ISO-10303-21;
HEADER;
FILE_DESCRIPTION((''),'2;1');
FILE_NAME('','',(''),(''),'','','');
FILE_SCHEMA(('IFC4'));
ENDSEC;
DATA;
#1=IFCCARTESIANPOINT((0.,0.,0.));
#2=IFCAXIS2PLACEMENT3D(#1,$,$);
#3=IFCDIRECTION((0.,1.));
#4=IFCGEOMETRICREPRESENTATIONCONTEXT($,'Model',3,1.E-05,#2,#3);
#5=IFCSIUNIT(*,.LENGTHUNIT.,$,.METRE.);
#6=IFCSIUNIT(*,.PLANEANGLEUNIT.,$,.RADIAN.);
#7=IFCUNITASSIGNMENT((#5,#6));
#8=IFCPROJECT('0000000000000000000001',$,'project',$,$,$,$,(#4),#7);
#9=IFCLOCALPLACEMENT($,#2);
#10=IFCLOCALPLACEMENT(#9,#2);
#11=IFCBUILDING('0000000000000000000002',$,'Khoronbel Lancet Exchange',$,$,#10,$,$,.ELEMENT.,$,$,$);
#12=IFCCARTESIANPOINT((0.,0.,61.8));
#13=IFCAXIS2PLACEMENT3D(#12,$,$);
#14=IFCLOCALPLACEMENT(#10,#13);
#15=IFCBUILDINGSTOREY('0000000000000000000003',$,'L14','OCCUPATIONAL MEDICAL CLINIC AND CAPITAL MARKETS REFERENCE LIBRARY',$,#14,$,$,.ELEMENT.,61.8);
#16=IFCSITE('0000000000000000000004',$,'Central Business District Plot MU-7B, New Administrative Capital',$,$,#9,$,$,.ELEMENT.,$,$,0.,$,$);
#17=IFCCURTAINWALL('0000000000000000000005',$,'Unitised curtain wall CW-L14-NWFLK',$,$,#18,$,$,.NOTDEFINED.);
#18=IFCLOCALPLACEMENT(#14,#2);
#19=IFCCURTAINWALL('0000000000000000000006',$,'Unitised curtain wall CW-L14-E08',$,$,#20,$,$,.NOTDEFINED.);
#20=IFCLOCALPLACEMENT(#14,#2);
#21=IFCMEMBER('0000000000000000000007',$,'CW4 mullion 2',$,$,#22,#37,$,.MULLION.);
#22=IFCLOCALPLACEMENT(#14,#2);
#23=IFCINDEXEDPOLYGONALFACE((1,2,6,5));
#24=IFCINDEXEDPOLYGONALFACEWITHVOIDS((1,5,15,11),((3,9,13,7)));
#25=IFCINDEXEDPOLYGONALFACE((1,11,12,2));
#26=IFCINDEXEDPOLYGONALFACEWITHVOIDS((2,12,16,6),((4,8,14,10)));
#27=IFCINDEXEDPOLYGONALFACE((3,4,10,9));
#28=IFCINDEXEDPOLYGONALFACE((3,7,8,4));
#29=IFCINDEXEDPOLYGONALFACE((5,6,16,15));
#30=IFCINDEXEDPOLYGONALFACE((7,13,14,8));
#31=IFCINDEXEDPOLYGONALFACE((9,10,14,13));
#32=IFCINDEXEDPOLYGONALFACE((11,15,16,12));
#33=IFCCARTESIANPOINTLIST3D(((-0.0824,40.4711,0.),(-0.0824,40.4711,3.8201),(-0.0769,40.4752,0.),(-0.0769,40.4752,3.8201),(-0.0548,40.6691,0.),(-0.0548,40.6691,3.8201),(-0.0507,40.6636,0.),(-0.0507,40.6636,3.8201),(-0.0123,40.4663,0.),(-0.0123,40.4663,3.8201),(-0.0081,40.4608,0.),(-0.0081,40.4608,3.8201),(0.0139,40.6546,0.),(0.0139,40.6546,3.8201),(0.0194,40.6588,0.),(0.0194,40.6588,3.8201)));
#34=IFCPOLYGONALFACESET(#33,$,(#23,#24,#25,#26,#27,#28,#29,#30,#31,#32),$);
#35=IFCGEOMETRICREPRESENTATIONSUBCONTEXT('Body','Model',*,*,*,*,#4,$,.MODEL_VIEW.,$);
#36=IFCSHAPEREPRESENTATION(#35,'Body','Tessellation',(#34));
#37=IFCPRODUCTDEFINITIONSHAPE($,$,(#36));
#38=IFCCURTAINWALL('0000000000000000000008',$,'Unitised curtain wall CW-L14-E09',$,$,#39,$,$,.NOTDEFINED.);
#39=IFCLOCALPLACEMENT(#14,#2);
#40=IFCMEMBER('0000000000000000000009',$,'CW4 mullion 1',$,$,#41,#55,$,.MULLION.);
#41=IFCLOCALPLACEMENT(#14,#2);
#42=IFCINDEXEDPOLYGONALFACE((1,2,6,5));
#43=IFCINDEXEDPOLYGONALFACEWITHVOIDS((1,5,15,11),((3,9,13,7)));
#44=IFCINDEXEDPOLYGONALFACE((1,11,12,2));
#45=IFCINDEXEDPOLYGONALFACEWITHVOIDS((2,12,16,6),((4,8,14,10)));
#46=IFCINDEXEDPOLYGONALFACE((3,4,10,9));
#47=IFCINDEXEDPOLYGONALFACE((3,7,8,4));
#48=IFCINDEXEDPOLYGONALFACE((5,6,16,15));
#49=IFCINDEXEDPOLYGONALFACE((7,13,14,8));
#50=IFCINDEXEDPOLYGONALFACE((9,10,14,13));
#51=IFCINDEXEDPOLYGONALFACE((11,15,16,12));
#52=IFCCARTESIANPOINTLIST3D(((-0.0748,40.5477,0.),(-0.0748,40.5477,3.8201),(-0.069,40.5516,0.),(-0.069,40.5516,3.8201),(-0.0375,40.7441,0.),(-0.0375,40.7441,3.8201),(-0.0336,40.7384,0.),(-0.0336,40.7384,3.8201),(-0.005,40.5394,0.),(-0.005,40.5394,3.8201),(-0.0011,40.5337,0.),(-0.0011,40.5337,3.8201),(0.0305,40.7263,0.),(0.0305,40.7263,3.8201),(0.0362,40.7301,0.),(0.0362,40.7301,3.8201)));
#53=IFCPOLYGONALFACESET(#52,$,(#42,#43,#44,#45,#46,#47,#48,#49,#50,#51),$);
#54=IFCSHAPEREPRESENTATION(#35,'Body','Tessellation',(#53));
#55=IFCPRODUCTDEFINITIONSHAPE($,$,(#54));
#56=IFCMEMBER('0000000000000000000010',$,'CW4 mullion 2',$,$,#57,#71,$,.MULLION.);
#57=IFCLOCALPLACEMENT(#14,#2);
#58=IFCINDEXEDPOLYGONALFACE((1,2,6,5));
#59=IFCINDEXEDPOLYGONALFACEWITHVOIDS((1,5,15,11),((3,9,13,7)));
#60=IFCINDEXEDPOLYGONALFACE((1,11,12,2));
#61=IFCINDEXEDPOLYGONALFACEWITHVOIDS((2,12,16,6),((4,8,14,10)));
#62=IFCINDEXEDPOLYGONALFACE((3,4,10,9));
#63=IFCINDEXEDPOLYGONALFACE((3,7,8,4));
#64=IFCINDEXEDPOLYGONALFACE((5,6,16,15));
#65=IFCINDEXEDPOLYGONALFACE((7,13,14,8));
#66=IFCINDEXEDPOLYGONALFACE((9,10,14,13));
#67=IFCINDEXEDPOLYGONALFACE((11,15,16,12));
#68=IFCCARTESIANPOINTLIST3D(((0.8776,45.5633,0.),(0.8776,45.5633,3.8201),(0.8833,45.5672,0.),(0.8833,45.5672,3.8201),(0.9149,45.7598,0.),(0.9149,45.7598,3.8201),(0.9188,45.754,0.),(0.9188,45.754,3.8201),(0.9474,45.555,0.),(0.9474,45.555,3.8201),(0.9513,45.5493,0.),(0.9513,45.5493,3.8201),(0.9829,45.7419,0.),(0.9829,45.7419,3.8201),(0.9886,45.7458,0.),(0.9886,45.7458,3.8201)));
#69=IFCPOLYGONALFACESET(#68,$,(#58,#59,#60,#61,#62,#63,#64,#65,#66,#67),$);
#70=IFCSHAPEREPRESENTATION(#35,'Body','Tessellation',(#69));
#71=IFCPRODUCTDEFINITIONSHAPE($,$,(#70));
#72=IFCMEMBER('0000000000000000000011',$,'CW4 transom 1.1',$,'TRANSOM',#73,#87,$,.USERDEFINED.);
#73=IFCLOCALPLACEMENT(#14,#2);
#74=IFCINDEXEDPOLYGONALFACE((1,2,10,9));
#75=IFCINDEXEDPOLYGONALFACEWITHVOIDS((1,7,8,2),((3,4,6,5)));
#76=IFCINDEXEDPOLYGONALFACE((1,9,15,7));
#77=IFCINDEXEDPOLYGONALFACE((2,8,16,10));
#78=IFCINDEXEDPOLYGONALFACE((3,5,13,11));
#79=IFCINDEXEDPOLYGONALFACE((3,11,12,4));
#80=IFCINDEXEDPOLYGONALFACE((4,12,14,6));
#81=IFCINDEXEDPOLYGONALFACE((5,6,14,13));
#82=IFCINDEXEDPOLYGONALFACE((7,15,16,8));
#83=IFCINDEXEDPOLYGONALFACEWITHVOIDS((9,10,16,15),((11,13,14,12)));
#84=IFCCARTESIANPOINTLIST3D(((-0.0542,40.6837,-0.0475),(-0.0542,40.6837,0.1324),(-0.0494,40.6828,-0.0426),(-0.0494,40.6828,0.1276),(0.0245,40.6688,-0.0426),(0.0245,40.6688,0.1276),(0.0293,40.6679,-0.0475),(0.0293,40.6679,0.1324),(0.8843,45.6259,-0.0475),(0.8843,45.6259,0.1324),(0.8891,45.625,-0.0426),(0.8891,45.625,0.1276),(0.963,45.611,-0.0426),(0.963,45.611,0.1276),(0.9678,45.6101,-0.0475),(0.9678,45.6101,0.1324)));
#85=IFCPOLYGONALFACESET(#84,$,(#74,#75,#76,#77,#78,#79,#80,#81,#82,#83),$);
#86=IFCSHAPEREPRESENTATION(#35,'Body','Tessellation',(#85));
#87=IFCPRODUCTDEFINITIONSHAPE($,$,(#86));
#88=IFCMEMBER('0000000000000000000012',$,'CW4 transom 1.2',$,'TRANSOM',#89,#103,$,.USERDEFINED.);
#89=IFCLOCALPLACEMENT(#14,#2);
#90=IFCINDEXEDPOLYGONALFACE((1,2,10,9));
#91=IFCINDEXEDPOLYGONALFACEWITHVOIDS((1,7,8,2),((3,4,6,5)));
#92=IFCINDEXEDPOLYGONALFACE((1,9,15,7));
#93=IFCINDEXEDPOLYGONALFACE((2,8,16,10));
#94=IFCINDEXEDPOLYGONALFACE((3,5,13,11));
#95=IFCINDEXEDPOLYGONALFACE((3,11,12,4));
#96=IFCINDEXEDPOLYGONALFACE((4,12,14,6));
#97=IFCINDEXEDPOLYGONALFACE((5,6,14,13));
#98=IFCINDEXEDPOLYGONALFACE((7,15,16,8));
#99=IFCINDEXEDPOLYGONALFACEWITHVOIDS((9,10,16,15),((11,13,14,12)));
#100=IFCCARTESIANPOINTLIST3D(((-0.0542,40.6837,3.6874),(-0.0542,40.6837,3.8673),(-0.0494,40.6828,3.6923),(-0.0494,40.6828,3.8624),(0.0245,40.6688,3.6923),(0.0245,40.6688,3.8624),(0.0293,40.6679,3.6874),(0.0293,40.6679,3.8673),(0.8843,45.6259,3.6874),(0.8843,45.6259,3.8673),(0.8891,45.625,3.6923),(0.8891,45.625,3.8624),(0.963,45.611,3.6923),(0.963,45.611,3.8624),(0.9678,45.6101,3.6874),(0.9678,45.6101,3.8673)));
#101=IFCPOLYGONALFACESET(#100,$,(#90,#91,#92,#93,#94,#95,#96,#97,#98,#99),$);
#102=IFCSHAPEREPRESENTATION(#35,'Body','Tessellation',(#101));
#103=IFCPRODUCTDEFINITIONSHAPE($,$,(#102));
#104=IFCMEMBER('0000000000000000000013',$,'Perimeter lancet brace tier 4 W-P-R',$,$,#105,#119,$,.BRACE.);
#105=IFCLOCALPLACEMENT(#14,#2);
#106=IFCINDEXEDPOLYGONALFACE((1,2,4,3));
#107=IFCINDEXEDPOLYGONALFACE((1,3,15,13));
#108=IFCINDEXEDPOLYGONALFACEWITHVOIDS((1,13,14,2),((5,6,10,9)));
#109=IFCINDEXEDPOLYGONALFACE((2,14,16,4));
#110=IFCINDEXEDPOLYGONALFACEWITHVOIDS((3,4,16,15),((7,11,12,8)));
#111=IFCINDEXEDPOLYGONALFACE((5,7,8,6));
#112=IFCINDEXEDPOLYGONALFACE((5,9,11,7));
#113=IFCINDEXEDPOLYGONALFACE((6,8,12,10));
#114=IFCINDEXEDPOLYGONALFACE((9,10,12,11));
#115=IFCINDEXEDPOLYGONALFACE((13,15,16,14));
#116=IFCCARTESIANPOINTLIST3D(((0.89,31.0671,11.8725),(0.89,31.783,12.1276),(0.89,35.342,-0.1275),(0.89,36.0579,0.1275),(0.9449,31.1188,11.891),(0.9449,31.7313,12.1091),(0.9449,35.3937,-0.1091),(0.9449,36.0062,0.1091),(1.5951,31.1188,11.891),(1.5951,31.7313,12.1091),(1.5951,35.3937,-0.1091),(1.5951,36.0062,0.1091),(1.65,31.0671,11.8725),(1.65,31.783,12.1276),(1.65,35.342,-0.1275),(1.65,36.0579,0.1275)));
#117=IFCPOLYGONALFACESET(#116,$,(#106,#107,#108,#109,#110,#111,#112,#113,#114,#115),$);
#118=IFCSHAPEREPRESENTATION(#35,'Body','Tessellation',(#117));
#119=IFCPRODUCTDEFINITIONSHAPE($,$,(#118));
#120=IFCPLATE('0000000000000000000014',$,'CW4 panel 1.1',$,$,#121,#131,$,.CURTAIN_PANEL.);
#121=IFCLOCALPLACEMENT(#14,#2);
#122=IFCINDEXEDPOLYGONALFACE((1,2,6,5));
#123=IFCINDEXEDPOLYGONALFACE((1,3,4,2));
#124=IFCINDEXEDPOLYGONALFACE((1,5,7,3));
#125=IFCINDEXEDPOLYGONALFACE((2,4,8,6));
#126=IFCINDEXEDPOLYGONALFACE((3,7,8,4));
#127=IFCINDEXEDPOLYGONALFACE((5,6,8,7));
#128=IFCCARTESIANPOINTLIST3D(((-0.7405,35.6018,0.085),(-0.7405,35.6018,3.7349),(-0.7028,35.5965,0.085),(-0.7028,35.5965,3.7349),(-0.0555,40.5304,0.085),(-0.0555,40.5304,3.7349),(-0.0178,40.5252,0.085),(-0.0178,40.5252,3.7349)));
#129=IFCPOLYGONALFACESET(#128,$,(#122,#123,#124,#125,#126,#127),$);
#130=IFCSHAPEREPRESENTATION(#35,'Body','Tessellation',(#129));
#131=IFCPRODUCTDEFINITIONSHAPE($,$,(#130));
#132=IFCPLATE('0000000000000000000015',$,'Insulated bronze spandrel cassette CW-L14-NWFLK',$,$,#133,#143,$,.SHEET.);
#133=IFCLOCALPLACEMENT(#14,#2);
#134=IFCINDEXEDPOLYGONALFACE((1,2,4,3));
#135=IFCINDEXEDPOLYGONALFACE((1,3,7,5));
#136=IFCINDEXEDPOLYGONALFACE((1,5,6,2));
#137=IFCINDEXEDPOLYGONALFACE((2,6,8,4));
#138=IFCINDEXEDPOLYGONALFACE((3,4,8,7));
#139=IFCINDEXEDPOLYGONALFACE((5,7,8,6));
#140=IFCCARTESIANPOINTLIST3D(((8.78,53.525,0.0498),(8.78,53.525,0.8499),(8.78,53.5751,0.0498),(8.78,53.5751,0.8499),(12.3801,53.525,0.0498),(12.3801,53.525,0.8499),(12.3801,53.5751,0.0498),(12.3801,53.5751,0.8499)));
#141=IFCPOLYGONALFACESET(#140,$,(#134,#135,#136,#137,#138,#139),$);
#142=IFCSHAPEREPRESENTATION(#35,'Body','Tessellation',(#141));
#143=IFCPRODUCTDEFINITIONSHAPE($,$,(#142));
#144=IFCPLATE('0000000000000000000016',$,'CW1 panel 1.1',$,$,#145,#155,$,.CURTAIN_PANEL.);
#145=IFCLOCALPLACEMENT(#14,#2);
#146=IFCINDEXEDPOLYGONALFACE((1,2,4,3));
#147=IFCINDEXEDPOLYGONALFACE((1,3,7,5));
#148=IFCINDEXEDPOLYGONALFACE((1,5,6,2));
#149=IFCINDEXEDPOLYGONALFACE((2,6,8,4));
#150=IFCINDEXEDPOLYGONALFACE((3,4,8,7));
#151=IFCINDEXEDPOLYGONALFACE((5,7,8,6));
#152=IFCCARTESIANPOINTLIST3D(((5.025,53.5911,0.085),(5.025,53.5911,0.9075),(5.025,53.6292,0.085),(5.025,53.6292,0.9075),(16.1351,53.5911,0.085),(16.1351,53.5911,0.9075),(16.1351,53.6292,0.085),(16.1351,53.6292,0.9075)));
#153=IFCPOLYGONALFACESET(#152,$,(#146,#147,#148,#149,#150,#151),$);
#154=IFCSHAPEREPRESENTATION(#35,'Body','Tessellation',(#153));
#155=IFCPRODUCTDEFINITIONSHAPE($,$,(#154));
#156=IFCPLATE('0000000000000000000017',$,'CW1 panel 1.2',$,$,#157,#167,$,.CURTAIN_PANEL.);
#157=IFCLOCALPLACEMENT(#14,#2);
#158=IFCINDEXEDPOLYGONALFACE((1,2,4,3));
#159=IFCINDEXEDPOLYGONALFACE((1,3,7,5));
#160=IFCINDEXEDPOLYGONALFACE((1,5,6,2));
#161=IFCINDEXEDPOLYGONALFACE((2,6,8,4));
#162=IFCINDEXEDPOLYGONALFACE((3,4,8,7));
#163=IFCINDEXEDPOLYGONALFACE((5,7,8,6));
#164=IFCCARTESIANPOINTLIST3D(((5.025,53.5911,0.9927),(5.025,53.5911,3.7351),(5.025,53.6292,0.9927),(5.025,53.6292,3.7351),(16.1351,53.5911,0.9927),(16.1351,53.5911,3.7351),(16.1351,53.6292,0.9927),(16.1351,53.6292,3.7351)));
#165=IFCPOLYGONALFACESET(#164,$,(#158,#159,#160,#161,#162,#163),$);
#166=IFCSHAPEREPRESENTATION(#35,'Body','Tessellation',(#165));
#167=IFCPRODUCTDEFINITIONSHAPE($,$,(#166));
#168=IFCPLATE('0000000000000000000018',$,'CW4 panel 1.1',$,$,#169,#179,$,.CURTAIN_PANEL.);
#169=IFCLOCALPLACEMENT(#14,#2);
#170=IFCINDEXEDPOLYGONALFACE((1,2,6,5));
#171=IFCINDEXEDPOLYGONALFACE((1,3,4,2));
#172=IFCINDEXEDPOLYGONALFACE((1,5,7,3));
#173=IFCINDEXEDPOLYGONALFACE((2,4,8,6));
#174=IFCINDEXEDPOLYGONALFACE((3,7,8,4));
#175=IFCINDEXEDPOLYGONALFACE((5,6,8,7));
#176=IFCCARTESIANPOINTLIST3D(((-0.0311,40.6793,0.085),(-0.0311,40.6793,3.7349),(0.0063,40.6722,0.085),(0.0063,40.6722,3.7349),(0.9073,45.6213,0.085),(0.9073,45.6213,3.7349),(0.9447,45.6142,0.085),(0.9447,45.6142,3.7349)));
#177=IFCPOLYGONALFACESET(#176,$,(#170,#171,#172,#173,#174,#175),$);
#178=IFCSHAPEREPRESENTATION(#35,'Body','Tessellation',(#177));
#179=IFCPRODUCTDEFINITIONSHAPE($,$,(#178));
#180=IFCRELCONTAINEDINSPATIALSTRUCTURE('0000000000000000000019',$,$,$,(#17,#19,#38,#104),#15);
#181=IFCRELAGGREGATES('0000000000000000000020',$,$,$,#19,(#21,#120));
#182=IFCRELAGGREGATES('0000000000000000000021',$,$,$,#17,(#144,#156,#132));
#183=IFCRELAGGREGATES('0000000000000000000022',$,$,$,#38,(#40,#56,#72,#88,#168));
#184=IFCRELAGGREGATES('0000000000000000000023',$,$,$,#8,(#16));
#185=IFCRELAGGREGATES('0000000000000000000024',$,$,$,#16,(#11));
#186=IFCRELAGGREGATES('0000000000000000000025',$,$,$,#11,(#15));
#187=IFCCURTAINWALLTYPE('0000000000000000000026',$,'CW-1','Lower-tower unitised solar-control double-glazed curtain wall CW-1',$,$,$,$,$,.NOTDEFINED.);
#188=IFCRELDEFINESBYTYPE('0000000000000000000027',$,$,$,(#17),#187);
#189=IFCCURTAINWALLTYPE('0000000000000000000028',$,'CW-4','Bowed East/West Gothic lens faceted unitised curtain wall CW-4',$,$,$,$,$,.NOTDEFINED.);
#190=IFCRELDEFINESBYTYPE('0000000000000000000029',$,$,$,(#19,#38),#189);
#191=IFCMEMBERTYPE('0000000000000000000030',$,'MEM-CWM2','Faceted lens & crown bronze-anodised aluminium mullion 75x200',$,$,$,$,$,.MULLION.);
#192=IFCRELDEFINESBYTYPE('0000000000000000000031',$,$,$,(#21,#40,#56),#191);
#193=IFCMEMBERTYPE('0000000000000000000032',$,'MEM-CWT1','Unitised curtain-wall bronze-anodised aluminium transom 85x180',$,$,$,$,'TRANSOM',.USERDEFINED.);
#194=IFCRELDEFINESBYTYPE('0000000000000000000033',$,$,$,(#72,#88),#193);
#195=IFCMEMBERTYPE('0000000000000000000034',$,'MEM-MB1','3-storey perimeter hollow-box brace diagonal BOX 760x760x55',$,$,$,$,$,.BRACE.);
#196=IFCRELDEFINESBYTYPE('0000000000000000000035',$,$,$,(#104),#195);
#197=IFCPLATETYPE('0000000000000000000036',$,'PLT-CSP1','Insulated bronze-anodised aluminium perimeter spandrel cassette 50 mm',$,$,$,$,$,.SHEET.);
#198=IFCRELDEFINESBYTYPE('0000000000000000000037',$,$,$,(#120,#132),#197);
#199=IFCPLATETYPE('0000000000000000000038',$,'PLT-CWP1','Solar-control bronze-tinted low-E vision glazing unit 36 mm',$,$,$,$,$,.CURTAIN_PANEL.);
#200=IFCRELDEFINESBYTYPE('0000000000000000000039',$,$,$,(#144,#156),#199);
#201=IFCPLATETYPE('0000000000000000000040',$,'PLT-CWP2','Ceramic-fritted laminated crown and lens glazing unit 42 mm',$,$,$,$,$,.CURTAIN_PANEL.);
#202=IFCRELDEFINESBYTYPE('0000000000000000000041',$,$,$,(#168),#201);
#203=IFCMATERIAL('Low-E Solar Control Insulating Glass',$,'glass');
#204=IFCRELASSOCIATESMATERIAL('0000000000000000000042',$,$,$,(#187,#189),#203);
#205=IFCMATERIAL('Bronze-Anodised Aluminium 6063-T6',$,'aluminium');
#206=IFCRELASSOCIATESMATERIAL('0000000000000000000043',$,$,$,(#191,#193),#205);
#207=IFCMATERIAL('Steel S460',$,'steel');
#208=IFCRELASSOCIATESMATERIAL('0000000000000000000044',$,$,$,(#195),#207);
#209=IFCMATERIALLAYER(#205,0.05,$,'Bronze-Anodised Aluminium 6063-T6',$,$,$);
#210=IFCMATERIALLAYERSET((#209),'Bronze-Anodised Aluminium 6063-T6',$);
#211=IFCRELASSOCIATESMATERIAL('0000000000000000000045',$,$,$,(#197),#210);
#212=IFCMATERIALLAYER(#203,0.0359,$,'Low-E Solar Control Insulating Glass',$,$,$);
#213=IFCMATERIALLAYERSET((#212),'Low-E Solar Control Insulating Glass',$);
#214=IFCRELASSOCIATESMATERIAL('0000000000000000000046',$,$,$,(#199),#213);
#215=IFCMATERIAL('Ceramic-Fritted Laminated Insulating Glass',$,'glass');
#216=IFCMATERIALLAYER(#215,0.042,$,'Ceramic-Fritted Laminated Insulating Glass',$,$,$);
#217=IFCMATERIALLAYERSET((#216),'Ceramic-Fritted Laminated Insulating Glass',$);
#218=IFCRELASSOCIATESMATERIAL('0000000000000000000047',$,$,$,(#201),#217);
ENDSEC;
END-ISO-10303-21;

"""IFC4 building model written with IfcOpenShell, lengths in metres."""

from ifc_helpers import new_model, si_unit, direction, frame, origin, origin_2d, place, context, subcontext, project, spatial, rectangle, hollow_rectangle, extrude, material, layer, layer_set, material_profile, profile_set, type_object, element, aggregate, save


model = new_model("IFC4")

# Units and contexts
model_context = context("Model", 3, precision=1e-05, world=origin(), true_north=direction((0.0, 1.0)))
body_context = subcontext(model_context, "Body", "Model", "MODEL_VIEW")
ifc_project = project(units=[si_unit("LENGTHUNIT", "METRE"), si_unit("PLANEANGLEUNIT", "RADIAN")], contexts=[model_context])

# Site, building, storey
site_placement = place(None, origin())
site = spatial("IfcSite", under=ifc_project, at=site_placement, Name="Central Business District Plot MU-7B, New Administrative Capital", CompositionType="ELEMENT", RefElevation=0.0)
building_placement = place(site_placement, origin())
building = spatial("IfcBuilding", under=site, at=building_placement, Name="Khoronbel Lancet Exchange", CompositionType="ELEMENT")
storey_placement = place(building_placement, frame((0.0, 0.0, 61.8)))
storey = spatial("IfcBuildingStorey", under=building, at=storey_placement, Name="L14", Description="OCCUPATIONAL MEDICAL CLINIC AND CAPITAL MARKETS REFERENCE LIBRARY", CompositionType="ELEMENT", Elevation=61.8)

# Shared definitions
ifc_material_1 = material(Name="Steel S460", Category="steel")

# Curtain walls, member
ifc_material_2 = material(Name="Low-E Solar Control Insulating Glass", Category="glass")
curtain_wall_type_1 = type_object("IfcCurtainWallType", Name="CW-1", Description="Lower-tower unitised solar-control double-glazed curtain wall CW-1", PredefinedType="NOTDEFINED", material=ifc_material_2)
curtain_wall_1_placement = place(storey_placement, origin())
curtain_wall_1 = element("IfcCurtainWall", 1, at=curtain_wall_1_placement, inside=storey, type_object=curtain_wall_type_1, Name="Unitised curtain wall CW-L14-NWFLK", PredefinedType="NOTDEFINED")
ifc_material_3 = material(Name="Bronze-Anodised Aluminium 6063-T6", Category="aluminium")
curtain_wall_type_2 = type_object("IfcCurtainWallType", Name="CW-4", Description="Bowed East/West Gothic lens faceted unitised curtain wall CW-4", PredefinedType="NOTDEFINED", material=ifc_material_2)
curtain_wall_2_placement = place(storey_placement, origin())
curtain_wall_2 = element("IfcCurtainWall", 2, at=curtain_wall_2_placement, inside=storey, type_object=curtain_wall_type_2, Name="Unitised curtain wall CW-L14-E08", PredefinedType="NOTDEFINED")
ifc_material_profile_1 = material_profile(ifc_material_3, hollow_rectangle(XDim=0.075, YDim=0.2, WallThickness=0.0049, at=origin_2d()), Name="ALU MULLION 75x200")
ifc_profile_set_1 = profile_set([ifc_material_profile_1], Name="Bronze-Anodised Aluminium 6063-T6")
member_type_1 = type_object("IfcMemberType", Name="MEM-CWM2", Description="Faceted lens & crown bronze-anodised aluminium mullion 75x200", PredefinedType="MULLION", material=ifc_profile_set_1)
member_1_placement = place(storey_placement, frame((-0.0315, 40.5649, 0.0), z_axis=(0.0, 0.0, 1.0), x_axis=(-0.990478, 0.137668, 0.0)))
member_1 = element("IfcMember", 3, at=member_1_placement, type_object=member_type_1, Name="CW4 mullion 2", PredefinedType="MULLION", context=body_context, shape_type="SweptSolid", body=[
    extrude(hollow_rectangle(XDim=0.075, YDim=0.2, WallThickness=0.0049, at=origin_2d()), origin(), (0.0, 0.0, 1.0), 3.8201),
])

# Curtain wall, members
curtain_wall_3_placement = place(storey_placement, origin())
curtain_wall_3 = element("IfcCurtainWall", 4, at=curtain_wall_3_placement, inside=storey, type_object=curtain_wall_type_2, Name="Unitised curtain wall CW-L14-E09", PredefinedType="NOTDEFINED")
member_2_placement = place(storey_placement, frame((-0.0193, 40.6389, 0.0), z_axis=(0.0, 0.0, 1.0), x_axis=(-0.982445, 0.186551, 0.0)))
member_2 = element("IfcMember", 5, at=member_2_placement, type_object=member_type_1, Name="CW4 mullion 1", PredefinedType="MULLION", context=body_context, shape_type="SweptSolid", body=[
    extrude(hollow_rectangle(XDim=0.075, YDim=0.2, WallThickness=0.0049, at=origin_2d()), origin(), (0.0, 0.0, 1.0), 3.8201),
])
member_3_placement = place(storey_placement, frame((0.9331, 45.6545, 0.0), z_axis=(0.0, 0.0, 1.0), x_axis=(-0.982445, 0.186551, 0.0)))
member_3 = element("IfcMember", 6, at=member_3_placement, type_object=member_type_1, Name="CW4 mullion 2", PredefinedType="MULLION", context=body_context, shape_type="SweptSolid", body=[
    extrude(hollow_rectangle(XDim=0.075, YDim=0.2, WallThickness=0.0049, at=origin_2d()), origin(), (0.0, 0.0, 1.0), 3.8201),
])
ifc_material_profile_2 = material_profile(ifc_material_3, hollow_rectangle(XDim=0.085, YDim=0.1799, WallThickness=0.0049, at=origin_2d()), Name="ALU TRANSOM 85x180")
ifc_profile_set_2 = profile_set([ifc_material_profile_2], Name="Bronze-Anodised Aluminium 6063-T6")
member_type_2 = type_object("IfcMemberType", Name="MEM-CWT1", Description="Unitised curtain-wall bronze-anodised aluminium transom 85x180", ElementType="TRANSOM", PredefinedType="USERDEFINED", material=ifc_profile_set_2)
member_4_placement = place(storey_placement, frame((-0.0125, 40.6758, 0.0425), z_axis=(0.186559, 0.982444, 0.0), x_axis=(-0.982444, 0.186559, 0.0)))
member_4 = element("IfcMember", 7, at=member_4_placement, type_object=member_type_2, Name="CW4 transom 1.1", ObjectType="TRANSOM", PredefinedType="USERDEFINED", context=body_context, shape_type="SweptSolid", body=[
    extrude(hollow_rectangle(XDim=0.085, YDim=0.1799, WallThickness=0.0049, at=origin_2d()), origin(), (0.0, 0.0, 1.0), 5.0305),
])
member_5_placement = place(storey_placement, frame((-0.0125, 40.6758, 3.7773), z_axis=(0.186559, 0.982444, 0.0), x_axis=(-0.982444, 0.186559, 0.0)))
member_5 = element("IfcMember", 8, at=member_5_placement, type_object=member_type_2, Name="CW4 transom 1.2", ObjectType="TRANSOM", PredefinedType="USERDEFINED", context=body_context, shape_type="SweptSolid", body=[
    extrude(hollow_rectangle(XDim=0.085, YDim=0.1799, WallThickness=0.0049, at=origin_2d()), origin(), (0.0, 0.0, 1.0), 5.0305),
])

# Member
ifc_material_profile_3 = material_profile(ifc_material_1, hollow_rectangle(XDim=0.76, YDim=0.76, WallThickness=0.0549, at=origin_2d()), Name="BOX 760x760x55")
ifc_profile_set_3 = profile_set([ifc_material_profile_3], Name="Steel S460")
member_type_3 = type_object("IfcMemberType", Name="MEM-MB1", Description="3-storey perimeter hollow-box brace diagonal BOX 760x760x55", PredefinedType="BRACE", material=ifc_profile_set_3)
member_6_placement = place(storey_placement, frame((1.27, 35.7, 0.0), z_axis=(0.0, -0.335584, 0.94201), x_axis=(1.0, 0.0, 0.0)))
element("IfcMember", 9, at=member_6_placement, inside=storey, type_object=member_type_3, Name="Perimeter lancet brace tier 4 W-P-R", PredefinedType="BRACE", context=body_context, shape_type="SweptSolid", body=[
    extrude(hollow_rectangle(XDim=0.76, YDim=0.76, WallThickness=0.0549, at=origin_2d()), origin(), (0.0, 0.0, 1.0), 12.7388),
])

# Plates
ifc_layer_1 = layer(ifc_material_3, 0.05, Name="Bronze-Anodised Aluminium 6063-T6")
ifc_layer_set_1 = layer_set([ifc_layer_1], Name="Bronze-Anodised Aluminium 6063-T6")
plate_type_1 = type_object("IfcPlateType", Name="PLT-CSP1", Description="Insulated bronze-anodised aluminium perimeter spandrel cassette 50 mm", PredefinedType="SHEET", material=ifc_layer_set_1)
plate_1_placement = place(storey_placement, frame((-0.3792, 38.0635, 0.085), z_axis=(0.0, 0.0, 1.0), x_axis=(0.137668, 0.990478, 0.0)))
plate_1 = element("IfcPlate", 10, at=plate_1_placement, type_object=plate_type_1, Name="CW4 panel 1.1", PredefinedType="CURTAIN_PANEL", context=body_context, shape_type="SweptSolid", body=[
    extrude(rectangle(XDim=4.9761, YDim=0.0381, at=origin_2d()), origin(), (0.0, 0.0, 1.0), 3.6499),
])
aggregate(curtain_wall_2, [member_1, plate_1])
plate_2_placement = place(storey_placement, frame((10.5801, 53.55, 0.0498), z_axis=(0.0, 0.0, 1.0), x_axis=(-1.0, 0.0, 0.0)))
plate_2 = element("IfcPlate", 11, at=plate_2_placement, type_object=plate_type_1, Name="Insulated bronze spandrel cassette CW-L14-NWFLK", PredefinedType="SHEET", context=body_context, shape_type="SweptSolid", body=[
    extrude(rectangle(XDim=3.6001, YDim=0.05, at=origin_2d()), origin(), (0.0, 0.0, 1.0), 0.8),
])
ifc_layer_2 = layer(ifc_material_2, 0.0359, Name="Low-E Solar Control Insulating Glass")
ifc_layer_set_2 = layer_set([ifc_layer_2], Name="Low-E Solar Control Insulating Glass")
plate_type_2 = type_object("IfcPlateType", Name="PLT-CWP1", Description="Solar-control bronze-tinted low-E vision glazing unit 36 mm", PredefinedType="CURTAIN_PANEL", material=ifc_layer_set_2)
plate_3_placement = place(storey_placement, frame((10.5801, 53.6101, 0.085), z_axis=(0.0, 0.0, 1.0), x_axis=(-1.0, 0.0, 0.0)))
plate_3 = element("IfcPlate", 12, at=plate_3_placement, type_object=plate_type_2, Name="CW1 panel 1.1", PredefinedType="CURTAIN_PANEL", context=body_context, shape_type="SweptSolid", body=[
    extrude(rectangle(XDim=11.1101, YDim=0.0381, at=origin_2d()), origin(), (0.0, 0.0, 1.0), 0.8225),
])
plate_4_placement = place(storey_placement, frame((10.5801, 53.6101, 0.9927), z_axis=(0.0, 0.0, 1.0), x_axis=(-1.0, 0.0, 0.0)))
plate_4 = element("IfcPlate", 13, at=plate_4_placement, type_object=plate_type_2, Name="CW1 panel 1.2", PredefinedType="CURTAIN_PANEL", context=body_context, shape_type="SweptSolid", body=[
    extrude(rectangle(XDim=11.1101, YDim=0.0381, at=origin_2d()), origin(), (0.0, 0.0, 1.0), 2.7424),
])
aggregate(curtain_wall_1, [plate_3, plate_4, plate_2])
ifc_material_4 = material(Name="Ceramic-Fritted Laminated Insulating Glass", Category="glass")
ifc_layer_3 = layer(ifc_material_4, 0.042, Name="Ceramic-Fritted Laminated Insulating Glass")
ifc_layer_set_3 = layer_set([ifc_layer_3], Name="Ceramic-Fritted Laminated Insulating Glass")
plate_type_3 = type_object("IfcPlateType", Name="PLT-CWP2", Description="Ceramic-fritted laminated crown and lens glazing unit 42 mm", PredefinedType="CURTAIN_PANEL", material=ifc_layer_set_3)
plate_5_placement = place(storey_placement, frame((0.4568, 43.1467, 0.085), z_axis=(0.0, 0.0, 1.0), x_axis=(0.186551, 0.982445, 0.0)))
plate_5 = element("IfcPlate", 14, at=plate_5_placement, type_object=plate_type_3, Name="CW4 panel 1.1", PredefinedType="CURTAIN_PANEL", context=body_context, shape_type="SweptSolid", body=[
    extrude(rectangle(XDim=5.0303, YDim=0.0381, at=origin_2d()), origin(), (0.0, 0.0, 1.0), 3.6499),
])
aggregate(curtain_wall_3, [member_2, member_3, member_4, member_5, plate_5])

save(model, "model.ifc")
